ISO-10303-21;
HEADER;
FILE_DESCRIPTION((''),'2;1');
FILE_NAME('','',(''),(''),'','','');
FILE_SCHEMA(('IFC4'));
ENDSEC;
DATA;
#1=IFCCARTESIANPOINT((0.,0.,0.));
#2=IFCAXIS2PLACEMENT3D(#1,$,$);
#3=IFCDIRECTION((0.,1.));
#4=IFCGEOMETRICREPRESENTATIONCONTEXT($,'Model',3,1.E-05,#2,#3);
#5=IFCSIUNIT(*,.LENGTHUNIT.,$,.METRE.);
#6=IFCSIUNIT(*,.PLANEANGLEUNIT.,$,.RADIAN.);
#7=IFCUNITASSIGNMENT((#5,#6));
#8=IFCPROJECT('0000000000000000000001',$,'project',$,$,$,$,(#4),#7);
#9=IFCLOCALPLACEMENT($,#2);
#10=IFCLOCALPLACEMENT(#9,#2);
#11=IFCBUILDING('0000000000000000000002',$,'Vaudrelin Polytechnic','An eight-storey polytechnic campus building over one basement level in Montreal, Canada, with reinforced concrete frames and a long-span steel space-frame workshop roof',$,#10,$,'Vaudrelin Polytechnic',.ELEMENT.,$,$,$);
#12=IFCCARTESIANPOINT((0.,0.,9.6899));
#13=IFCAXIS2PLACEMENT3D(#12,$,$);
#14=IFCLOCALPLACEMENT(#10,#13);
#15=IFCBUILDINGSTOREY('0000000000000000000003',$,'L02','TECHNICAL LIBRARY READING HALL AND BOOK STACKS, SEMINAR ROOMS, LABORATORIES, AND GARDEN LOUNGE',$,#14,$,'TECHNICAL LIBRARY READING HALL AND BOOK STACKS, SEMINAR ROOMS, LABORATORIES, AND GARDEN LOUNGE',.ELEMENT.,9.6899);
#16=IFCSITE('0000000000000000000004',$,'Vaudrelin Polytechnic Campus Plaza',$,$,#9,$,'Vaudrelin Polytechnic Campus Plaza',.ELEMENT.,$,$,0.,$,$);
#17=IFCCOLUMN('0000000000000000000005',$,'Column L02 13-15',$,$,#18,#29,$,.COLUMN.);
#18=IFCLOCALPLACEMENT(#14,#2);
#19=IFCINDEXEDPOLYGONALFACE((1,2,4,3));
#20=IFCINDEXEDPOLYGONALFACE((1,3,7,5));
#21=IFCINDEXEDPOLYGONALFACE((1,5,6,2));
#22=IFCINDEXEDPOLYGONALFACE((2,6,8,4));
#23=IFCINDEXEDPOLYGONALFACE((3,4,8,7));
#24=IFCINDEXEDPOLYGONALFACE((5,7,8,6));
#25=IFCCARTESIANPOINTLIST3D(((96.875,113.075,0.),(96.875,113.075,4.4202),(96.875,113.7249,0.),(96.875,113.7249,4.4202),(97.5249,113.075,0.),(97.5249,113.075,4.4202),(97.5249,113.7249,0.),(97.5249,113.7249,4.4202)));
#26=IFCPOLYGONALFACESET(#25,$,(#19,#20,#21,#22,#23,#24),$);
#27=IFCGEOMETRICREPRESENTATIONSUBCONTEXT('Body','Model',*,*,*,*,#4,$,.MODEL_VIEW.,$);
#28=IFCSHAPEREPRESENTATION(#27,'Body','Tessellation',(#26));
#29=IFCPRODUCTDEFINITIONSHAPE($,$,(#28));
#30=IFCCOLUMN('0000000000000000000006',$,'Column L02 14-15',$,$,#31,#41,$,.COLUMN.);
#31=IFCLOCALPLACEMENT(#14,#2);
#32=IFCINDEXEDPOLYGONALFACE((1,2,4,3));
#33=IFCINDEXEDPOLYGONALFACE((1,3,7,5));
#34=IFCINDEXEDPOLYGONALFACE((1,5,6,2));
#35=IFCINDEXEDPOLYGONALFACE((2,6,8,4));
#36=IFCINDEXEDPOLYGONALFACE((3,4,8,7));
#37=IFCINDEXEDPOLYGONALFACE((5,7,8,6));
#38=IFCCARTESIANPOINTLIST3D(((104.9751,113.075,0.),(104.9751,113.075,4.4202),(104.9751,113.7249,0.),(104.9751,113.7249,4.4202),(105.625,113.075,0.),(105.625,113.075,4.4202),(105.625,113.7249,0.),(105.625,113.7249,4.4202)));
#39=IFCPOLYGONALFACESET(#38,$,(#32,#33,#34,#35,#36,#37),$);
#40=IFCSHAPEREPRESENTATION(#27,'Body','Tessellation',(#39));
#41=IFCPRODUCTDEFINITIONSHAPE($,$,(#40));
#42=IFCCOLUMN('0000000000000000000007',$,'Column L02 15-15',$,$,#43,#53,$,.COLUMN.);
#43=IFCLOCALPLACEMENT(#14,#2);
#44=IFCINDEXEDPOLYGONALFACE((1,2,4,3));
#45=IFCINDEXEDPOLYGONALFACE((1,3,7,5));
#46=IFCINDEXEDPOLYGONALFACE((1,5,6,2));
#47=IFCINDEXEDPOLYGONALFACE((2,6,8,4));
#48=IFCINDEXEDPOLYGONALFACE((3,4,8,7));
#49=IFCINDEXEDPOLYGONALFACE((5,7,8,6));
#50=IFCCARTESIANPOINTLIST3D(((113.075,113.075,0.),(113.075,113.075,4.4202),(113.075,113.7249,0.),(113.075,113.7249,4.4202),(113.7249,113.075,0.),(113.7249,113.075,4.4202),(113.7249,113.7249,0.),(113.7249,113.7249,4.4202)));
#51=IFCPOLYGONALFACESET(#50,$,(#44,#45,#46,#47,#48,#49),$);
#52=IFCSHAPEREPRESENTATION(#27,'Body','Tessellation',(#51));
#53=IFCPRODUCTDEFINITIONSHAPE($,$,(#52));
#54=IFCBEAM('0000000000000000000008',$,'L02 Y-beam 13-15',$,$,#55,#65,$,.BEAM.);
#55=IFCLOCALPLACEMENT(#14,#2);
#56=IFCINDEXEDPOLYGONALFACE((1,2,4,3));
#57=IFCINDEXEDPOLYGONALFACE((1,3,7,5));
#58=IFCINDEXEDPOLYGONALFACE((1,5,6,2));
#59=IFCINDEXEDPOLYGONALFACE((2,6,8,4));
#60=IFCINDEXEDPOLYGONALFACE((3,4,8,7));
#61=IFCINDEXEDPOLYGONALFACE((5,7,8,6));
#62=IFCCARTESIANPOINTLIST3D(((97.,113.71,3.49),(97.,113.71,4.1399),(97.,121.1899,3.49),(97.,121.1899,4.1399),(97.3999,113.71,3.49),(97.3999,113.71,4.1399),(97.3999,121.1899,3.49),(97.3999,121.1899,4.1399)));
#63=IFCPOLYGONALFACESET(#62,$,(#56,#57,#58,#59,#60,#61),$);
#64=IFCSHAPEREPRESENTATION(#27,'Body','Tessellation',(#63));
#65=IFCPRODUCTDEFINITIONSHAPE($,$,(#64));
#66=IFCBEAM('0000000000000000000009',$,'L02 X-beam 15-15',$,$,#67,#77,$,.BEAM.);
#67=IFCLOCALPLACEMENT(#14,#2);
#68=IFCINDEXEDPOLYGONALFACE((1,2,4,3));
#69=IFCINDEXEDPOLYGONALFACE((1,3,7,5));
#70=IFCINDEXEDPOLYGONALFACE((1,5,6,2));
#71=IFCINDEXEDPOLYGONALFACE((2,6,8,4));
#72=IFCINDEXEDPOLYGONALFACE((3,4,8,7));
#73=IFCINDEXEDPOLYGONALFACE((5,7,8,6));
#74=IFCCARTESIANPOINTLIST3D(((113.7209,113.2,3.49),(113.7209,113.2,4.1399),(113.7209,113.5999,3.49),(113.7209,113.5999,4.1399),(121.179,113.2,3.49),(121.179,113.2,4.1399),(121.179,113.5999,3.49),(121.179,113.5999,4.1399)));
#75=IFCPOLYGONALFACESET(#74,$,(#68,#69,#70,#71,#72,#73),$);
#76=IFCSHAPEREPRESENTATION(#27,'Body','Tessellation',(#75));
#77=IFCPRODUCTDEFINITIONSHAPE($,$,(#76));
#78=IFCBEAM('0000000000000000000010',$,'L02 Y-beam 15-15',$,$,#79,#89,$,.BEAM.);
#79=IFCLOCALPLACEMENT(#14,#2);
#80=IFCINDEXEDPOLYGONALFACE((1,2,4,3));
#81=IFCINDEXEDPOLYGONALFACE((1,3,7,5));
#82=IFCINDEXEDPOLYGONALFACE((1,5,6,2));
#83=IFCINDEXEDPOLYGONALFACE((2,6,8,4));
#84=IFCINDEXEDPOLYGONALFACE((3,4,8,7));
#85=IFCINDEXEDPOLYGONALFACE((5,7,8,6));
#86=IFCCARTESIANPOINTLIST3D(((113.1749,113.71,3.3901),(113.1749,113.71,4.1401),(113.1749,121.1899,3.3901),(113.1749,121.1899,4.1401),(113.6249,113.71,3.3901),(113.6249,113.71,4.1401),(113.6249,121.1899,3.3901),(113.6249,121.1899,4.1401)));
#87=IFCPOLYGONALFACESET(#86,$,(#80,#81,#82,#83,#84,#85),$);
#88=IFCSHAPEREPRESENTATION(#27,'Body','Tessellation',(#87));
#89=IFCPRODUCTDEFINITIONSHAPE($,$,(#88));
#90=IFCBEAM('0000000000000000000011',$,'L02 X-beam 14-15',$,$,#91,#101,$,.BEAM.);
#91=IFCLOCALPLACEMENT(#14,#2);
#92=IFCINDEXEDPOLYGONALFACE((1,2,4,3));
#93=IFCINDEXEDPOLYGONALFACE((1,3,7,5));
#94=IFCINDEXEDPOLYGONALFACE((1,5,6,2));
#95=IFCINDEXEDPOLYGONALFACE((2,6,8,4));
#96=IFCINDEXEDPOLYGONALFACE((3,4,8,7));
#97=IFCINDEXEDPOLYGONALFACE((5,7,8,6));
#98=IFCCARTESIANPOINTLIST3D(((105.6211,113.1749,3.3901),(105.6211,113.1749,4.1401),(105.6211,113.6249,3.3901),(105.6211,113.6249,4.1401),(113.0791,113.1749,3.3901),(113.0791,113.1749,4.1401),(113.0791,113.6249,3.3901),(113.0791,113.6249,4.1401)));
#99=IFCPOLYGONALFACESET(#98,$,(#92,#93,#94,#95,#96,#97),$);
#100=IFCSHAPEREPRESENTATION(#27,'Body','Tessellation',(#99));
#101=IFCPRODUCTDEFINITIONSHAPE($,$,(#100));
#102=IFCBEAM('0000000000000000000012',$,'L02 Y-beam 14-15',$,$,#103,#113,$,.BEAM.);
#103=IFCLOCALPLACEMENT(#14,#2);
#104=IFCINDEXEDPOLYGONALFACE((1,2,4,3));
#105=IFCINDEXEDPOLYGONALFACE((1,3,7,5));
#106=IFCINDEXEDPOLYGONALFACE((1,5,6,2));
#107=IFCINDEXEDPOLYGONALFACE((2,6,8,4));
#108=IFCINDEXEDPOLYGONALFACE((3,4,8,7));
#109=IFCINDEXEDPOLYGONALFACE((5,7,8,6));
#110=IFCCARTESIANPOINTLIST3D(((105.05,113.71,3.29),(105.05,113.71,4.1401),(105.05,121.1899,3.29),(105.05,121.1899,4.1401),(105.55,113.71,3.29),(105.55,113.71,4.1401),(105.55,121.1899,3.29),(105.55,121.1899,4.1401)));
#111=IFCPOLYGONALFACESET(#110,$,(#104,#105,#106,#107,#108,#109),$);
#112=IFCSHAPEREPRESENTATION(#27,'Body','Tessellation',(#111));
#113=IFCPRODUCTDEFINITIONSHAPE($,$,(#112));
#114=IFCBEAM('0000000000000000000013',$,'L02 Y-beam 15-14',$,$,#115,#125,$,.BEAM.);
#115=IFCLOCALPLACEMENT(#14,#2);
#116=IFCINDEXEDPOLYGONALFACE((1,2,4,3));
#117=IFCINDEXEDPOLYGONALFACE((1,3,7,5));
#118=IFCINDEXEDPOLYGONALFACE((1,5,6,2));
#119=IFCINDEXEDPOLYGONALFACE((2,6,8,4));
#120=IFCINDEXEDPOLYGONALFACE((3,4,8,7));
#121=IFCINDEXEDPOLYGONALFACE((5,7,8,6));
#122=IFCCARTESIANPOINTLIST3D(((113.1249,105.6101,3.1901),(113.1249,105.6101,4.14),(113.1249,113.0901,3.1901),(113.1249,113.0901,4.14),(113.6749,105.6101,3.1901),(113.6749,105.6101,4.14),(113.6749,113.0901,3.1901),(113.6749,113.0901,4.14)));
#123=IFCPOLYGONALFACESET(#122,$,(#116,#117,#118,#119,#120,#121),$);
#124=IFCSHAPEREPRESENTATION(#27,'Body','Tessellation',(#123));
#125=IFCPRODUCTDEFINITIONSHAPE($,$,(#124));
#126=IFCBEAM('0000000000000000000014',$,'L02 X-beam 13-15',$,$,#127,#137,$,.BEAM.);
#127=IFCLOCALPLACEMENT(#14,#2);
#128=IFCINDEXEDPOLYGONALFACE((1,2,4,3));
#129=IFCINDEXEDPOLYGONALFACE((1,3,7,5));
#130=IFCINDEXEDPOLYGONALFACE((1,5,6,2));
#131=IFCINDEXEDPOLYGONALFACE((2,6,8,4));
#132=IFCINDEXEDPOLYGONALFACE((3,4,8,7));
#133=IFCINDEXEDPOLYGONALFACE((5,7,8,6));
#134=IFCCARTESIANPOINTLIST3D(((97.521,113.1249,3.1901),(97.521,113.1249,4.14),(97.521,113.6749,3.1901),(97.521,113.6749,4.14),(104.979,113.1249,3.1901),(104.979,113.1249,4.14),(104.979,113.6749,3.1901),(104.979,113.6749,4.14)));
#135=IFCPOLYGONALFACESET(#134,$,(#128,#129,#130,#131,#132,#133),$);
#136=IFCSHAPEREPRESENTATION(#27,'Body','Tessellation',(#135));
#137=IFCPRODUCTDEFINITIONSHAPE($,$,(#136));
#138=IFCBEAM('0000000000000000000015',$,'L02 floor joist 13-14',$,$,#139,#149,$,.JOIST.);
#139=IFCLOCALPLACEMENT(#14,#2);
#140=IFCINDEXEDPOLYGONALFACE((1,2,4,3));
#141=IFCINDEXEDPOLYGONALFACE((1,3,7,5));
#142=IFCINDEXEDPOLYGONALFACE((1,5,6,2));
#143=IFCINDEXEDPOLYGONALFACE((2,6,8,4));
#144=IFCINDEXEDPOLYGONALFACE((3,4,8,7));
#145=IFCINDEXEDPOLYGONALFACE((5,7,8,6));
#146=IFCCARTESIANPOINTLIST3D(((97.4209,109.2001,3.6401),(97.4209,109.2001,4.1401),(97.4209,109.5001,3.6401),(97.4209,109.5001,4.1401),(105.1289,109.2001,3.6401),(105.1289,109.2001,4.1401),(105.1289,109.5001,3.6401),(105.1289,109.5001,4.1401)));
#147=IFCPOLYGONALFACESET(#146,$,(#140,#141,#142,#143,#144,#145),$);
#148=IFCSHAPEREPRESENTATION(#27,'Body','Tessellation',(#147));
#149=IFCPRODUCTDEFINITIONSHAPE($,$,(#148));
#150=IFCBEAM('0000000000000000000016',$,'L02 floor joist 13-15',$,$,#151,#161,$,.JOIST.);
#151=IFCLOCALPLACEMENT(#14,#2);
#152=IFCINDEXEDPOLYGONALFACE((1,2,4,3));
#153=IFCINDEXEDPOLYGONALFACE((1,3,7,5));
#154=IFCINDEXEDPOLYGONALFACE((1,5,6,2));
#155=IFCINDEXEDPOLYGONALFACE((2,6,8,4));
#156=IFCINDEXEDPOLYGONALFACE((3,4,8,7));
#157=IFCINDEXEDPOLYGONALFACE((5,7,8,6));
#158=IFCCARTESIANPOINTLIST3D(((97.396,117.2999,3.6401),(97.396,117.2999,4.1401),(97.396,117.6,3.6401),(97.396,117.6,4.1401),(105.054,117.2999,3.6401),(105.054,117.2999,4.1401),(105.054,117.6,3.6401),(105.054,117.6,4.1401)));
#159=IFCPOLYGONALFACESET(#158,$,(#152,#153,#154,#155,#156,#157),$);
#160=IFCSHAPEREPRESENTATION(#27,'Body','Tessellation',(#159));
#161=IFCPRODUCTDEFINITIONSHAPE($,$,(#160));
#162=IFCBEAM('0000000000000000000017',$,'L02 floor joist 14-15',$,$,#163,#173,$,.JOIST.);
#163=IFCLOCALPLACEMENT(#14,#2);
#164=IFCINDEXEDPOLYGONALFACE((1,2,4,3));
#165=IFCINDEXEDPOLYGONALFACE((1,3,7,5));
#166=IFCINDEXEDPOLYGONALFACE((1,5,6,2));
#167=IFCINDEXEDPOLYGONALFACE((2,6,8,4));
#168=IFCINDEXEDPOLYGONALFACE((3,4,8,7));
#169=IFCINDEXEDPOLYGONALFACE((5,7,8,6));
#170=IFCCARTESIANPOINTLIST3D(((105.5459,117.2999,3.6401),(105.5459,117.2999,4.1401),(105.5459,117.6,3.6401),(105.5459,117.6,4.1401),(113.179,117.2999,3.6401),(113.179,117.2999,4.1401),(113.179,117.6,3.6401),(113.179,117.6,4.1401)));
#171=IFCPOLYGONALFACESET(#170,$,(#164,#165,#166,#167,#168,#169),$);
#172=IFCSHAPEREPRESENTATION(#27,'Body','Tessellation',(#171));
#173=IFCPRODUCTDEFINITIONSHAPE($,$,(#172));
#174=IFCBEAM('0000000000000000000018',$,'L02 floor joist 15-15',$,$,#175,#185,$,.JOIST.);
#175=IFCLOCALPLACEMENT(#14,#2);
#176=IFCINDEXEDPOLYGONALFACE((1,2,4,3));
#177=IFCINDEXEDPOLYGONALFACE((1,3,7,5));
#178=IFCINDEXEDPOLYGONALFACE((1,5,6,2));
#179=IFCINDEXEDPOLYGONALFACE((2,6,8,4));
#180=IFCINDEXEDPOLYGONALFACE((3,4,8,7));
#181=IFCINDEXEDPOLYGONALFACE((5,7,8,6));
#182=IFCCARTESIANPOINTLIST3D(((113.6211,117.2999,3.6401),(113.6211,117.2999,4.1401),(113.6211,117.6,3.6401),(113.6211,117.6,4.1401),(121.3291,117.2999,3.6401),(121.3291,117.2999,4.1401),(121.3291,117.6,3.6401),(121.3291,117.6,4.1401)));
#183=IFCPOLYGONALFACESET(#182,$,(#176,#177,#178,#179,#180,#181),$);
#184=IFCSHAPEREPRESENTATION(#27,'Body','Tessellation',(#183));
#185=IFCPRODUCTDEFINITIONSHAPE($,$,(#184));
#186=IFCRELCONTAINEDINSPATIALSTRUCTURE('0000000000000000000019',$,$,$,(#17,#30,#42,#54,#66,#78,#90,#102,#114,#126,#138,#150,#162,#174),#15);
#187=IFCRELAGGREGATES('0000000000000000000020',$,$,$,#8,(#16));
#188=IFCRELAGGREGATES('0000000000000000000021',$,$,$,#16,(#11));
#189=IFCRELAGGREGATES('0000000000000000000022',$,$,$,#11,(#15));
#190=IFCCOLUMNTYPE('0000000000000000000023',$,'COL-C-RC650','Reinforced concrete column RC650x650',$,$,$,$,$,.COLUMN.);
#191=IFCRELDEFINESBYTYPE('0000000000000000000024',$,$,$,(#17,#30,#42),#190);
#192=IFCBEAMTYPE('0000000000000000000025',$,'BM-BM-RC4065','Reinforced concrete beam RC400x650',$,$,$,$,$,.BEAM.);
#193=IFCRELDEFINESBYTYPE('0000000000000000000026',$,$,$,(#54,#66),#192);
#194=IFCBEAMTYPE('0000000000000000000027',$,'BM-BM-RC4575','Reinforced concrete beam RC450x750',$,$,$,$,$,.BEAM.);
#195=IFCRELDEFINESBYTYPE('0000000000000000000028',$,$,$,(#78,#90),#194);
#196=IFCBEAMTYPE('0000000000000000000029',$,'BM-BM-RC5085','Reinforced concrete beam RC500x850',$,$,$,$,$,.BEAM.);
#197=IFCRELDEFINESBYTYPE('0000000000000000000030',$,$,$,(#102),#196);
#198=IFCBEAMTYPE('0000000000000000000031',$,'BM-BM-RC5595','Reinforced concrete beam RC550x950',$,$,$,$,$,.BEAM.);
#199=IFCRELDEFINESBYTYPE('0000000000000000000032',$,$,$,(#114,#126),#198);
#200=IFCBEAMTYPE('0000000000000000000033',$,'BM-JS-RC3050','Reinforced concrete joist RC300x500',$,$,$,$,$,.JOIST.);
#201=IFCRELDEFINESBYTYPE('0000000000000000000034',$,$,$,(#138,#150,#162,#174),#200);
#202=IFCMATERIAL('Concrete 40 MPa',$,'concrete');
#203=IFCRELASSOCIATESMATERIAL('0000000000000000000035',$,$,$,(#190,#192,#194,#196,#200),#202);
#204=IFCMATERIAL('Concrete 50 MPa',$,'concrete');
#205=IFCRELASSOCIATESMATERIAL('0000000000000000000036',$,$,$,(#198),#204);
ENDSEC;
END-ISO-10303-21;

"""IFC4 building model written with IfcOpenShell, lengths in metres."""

from ifc_helpers import new_model, si_unit, direction, frame, origin, origin_2d, place, context, subcontext, project, spatial, rectangle, extrude, material, material_profile, profile_set, type_object, element, save


model = new_model("IFC4")

# Units and contexts
model_context = context("Model", 3, precision=1e-05, world=origin(), true_north=direction((0.0, 1.0)))
body_context = subcontext(model_context, "Body", "Model", "MODEL_VIEW")
ifc_project = project(units=[si_unit("LENGTHUNIT", "METRE"), si_unit("PLANEANGLEUNIT", "RADIAN")], contexts=[model_context])

# Site, building, storey
site_placement = place(None, origin())
site = spatial("IfcSite", under=ifc_project, at=site_placement, Name="Vaudrelin Polytechnic Campus Plaza", LongName="Vaudrelin Polytechnic Campus Plaza", CompositionType="ELEMENT", RefElevation=0.0)
building_placement = place(site_placement, origin())
building = spatial("IfcBuilding", under=site, at=building_placement, Name="Vaudrelin Polytechnic", Description="An eight-storey polytechnic campus building over one basement level in Montreal, Canada, with reinforced concrete frames and a long-span steel space-frame workshop roof", LongName="Vaudrelin Polytechnic", CompositionType="ELEMENT")
storey_placement = place(building_placement, frame((0.0, 0.0, 9.6899)))
storey = spatial("IfcBuildingStorey", under=building, at=storey_placement, Name="L02", Description="TECHNICAL LIBRARY READING HALL AND BOOK STACKS, SEMINAR ROOMS, LABORATORIES, AND GARDEN LOUNGE", LongName="TECHNICAL LIBRARY READING HALL AND BOOK STACKS, SEMINAR ROOMS, LABORATORIES, AND GARDEN LOUNGE", CompositionType="ELEMENT", Elevation=9.6899)

# Columns
ifc_material_1 = material(Name="Concrete 40 MPa", Category="concrete")
ifc_material_profile_1 = material_profile(ifc_material_1, rectangle(XDim=0.6499, YDim=0.6499, at=origin_2d()), Name="RC650x650")
ifc_profile_set_1 = profile_set([ifc_material_profile_1], Name="Concrete 40 MPa")
column_type = type_object("IfcColumnType", Name="COL-C-RC650", Description="Reinforced concrete column RC650x650", PredefinedType="COLUMN", material=ifc_profile_set_1)
for number, where, z_axis, x_axis, name in (
    (1, (97.2, 113.3999, 0.0), (0.0, 0.0, 1.0), (1.0, 0.0, 0.0), "Column L02 13-15"),
    (2, (105.3, 113.3999, 0.0), (0.0, 0.0, 1.0), (1.0, 0.0, 0.0), "Column L02 14-15"),
    (3, (113.3999, 113.3999, 0.0), (0.0, 0.0, 1.0), (1.0, 0.0, 0.0), "Column L02 15-15"),
):
    element("IfcColumn", number, at=place(storey_placement, frame(where, z_axis=z_axis, x_axis=x_axis)), inside=storey, type_object=column_type, Name=name, PredefinedType="COLUMN", context=body_context, shape_type="SweptSolid", body=[
        extrude(rectangle(XDim=0.6499, YDim=0.6499, at=origin_2d()), origin(), (0.0, 0.0, 1.0), 4.4202),
    ])

# Beams
ifc_material_profile_2 = material_profile(ifc_material_1, rectangle(XDim=0.3999, YDim=0.6499, at=origin_2d()), Name="RC400x650")
ifc_profile_set_2 = profile_set([ifc_material_profile_2], Name="Concrete 40 MPa")
beam_type_1 = type_object("IfcBeamType", Name="BM-BM-RC4065", Description="Reinforced concrete beam RC400x650", PredefinedType="BEAM", material=ifc_profile_set_2)
beam_1_placement = place(storey_placement, frame((97.2, 113.71, 3.8149), z_axis=(0.0, 1.0, 0.0), x_axis=(-1.0, 0.0, 0.0)))
element("IfcBeam", 4, at=beam_1_placement, inside=storey, type_object=beam_type_1, Name="L02 Y-beam 13-15", PredefinedType="BEAM", context=body_context, shape_type="SweptSolid", body=[
    extrude(rectangle(XDim=0.3999, YDim=0.6499, at=origin_2d()), origin(), (0.0, 0.0, 1.0), 7.48),
])
beam_2_placement = place(storey_placement, frame((113.7209, 113.3999, 3.8149), z_axis=(1.0, 0.0, 0.0), x_axis=(0.0, 1.0, 0.0)))
element("IfcBeam", 5, at=beam_2_placement, inside=storey, type_object=beam_type_1, Name="L02 X-beam 15-15", PredefinedType="BEAM", context=body_context, shape_type="SweptSolid", body=[
    extrude(rectangle(XDim=0.3999, YDim=0.6499, at=origin_2d()), origin(), (0.0, 0.0, 1.0), 7.458),
])
ifc_material_profile_3 = material_profile(ifc_material_1, rectangle(XDim=0.45, YDim=0.75, at=origin_2d()), Name="RC450x750")
ifc_profile_set_3 = profile_set([ifc_material_profile_3], Name="Concrete 40 MPa")
beam_type_2 = type_object("IfcBeamType", Name="BM-BM-RC4575", Description="Reinforced concrete beam RC450x750", PredefinedType="BEAM", material=ifc_profile_set_3)
beam_3_placement = place(storey_placement, frame((113.3999, 113.71, 3.7651), z_axis=(0.0, 1.0, 0.0), x_axis=(-1.0, 0.0, 0.0)))
element("IfcBeam", 6, at=beam_3_placement, inside=storey, type_object=beam_type_2, Name="L02 Y-beam 15-15", PredefinedType="BEAM", context=body_context, shape_type="SweptSolid", body=[
    extrude(rectangle(XDim=0.45, YDim=0.75, at=origin_2d()), origin(), (0.0, 0.0, 1.0), 7.48),
])
beam_4_placement = place(storey_placement, frame((105.6211, 113.3999, 3.7651), z_axis=(1.0, 0.0, 0.0), x_axis=(0.0, 1.0, 0.0)))
element("IfcBeam", 7, at=beam_4_placement, inside=storey, type_object=beam_type_2, Name="L02 X-beam 14-15", PredefinedType="BEAM", context=body_context, shape_type="SweptSolid", body=[
    extrude(rectangle(XDim=0.45, YDim=0.75, at=origin_2d()), origin(), (0.0, 0.0, 1.0), 7.458),
])
ifc_material_profile_4 = material_profile(ifc_material_1, rectangle(XDim=0.5, YDim=0.8501, at=origin_2d()), Name="RC500x850")
ifc_profile_set_4 = profile_set([ifc_material_profile_4], Name="Concrete 40 MPa")
beam_type_3 = type_object("IfcBeamType", Name="BM-BM-RC5085", Description="Reinforced concrete beam RC500x850", PredefinedType="BEAM", material=ifc_profile_set_4)
beam_5_placement = place(storey_placement, frame((105.3, 113.71, 3.7151), z_axis=(0.0, 1.0, 0.0), x_axis=(-1.0, 0.0, 0.0)))
element("IfcBeam", 8, at=beam_5_placement, inside=storey, type_object=beam_type_3, Name="L02 Y-beam 14-15", PredefinedType="BEAM", context=body_context, shape_type="SweptSolid", body=[
    extrude(rectangle(XDim=0.5, YDim=0.8501, at=origin_2d()), origin(), (0.0, 0.0, 1.0), 7.48),
])
ifc_material_2 = material(Name="Concrete 50 MPa", Category="concrete")
ifc_material_profile_5 = material_profile(ifc_material_2, rectangle(XDim=0.55, YDim=0.95, at=origin_2d()), Name="RC550x950")
ifc_profile_set_5 = profile_set([ifc_material_profile_5], Name="Concrete 50 MPa")
beam_type_4 = type_object("IfcBeamType", Name="BM-BM-RC5595", Description="Reinforced concrete beam RC550x950", PredefinedType="BEAM", material=ifc_profile_set_5)
beam_6_placement = place(storey_placement, frame((113.3999, 105.6101, 3.665), z_axis=(0.0, 1.0, 0.0), x_axis=(-1.0, 0.0, 0.0)))
element("IfcBeam", 9, at=beam_6_placement, inside=storey, type_object=beam_type_4, Name="L02 Y-beam 15-14", PredefinedType="BEAM", context=body_context, shape_type="SweptSolid", body=[
    extrude(rectangle(XDim=0.55, YDim=0.95, at=origin_2d()), origin(), (0.0, 0.0, 1.0), 7.48),
])
beam_7_placement = place(storey_placement, frame((97.521, 113.3999, 3.665), z_axis=(1.0, 0.0, 0.0), x_axis=(0.0, 1.0, 0.0)))
element("IfcBeam", 10, at=beam_7_placement, inside=storey, type_object=beam_type_4, Name="L02 X-beam 13-15", PredefinedType="BEAM", context=body_context, shape_type="SweptSolid", body=[
    extrude(rectangle(XDim=0.55, YDim=0.95, at=origin_2d()), origin(), (0.0, 0.0, 1.0), 7.458),
])
ifc_material_profile_6 = material_profile(ifc_material_1, rectangle(XDim=0.3, YDim=0.5, at=origin_2d()), Name="RC300x500")
ifc_profile_set_6 = profile_set([ifc_material_profile_6], Name="Concrete 40 MPa")
beam_type_5 = type_object("IfcBeamType", Name="BM-JS-RC3050", Description="Reinforced concrete joist RC300x500", PredefinedType="JOIST", material=ifc_profile_set_6)
beam_8_placement = place(storey_placement, frame((97.4209, 109.3501, 3.8901), z_axis=(1.0, 0.0, 0.0), x_axis=(0.0, 1.0, 0.0)))
element("IfcBeam", 11, at=beam_8_placement, inside=storey, type_object=beam_type_5, Name="L02 floor joist 13-14", PredefinedType="JOIST", context=body_context, shape_type="SweptSolid", body=[
    extrude(rectangle(XDim=0.3, YDim=0.5, at=origin_2d()), origin(), (0.0, 0.0, 1.0), 7.708),
])
beam_9_placement = place(storey_placement, frame((97.396, 117.45, 3.8901), z_axis=(1.0, 0.0, 0.0), x_axis=(0.0, 1.0, 0.0)))
element("IfcBeam", 12, at=beam_9_placement, inside=storey, type_object=beam_type_5, Name="L02 floor joist 13-15", PredefinedType="JOIST", context=body_context, shape_type="SweptSolid", body=[
    extrude(rectangle(XDim=0.3, YDim=0.5, at=origin_2d()), origin(), (0.0, 0.0, 1.0), 7.658),
])
beam_10_placement = place(storey_placement, frame((105.5459, 117.45, 3.8901), z_axis=(1.0, 0.0, 0.0), x_axis=(0.0, 1.0, 0.0)))
element("IfcBeam", 13, at=beam_10_placement, inside=storey, type_object=beam_type_5, Name="L02 floor joist 14-15", PredefinedType="JOIST", context=body_context, shape_type="SweptSolid", body=[
    extrude(rectangle(XDim=0.3, YDim=0.5, at=origin_2d()), origin(), (0.0, 0.0, 1.0), 7.6331),
])
beam_11_placement = place(storey_placement, frame((113.6211, 117.45, 3.8901), z_axis=(1.0, 0.0, 0.0), x_axis=(0.0, 1.0, 0.0)))
element("IfcBeam", 14, at=beam_11_placement, inside=storey, type_object=beam_type_5, Name="L02 floor joist 15-15", PredefinedType="JOIST", context=body_context, shape_type="SweptSolid", body=[
    extrude(rectangle(XDim=0.3, YDim=0.5, at=origin_2d()), origin(), (0.0, 0.0, 1.0), 7.708),
])

save(model, "model.ifc")
